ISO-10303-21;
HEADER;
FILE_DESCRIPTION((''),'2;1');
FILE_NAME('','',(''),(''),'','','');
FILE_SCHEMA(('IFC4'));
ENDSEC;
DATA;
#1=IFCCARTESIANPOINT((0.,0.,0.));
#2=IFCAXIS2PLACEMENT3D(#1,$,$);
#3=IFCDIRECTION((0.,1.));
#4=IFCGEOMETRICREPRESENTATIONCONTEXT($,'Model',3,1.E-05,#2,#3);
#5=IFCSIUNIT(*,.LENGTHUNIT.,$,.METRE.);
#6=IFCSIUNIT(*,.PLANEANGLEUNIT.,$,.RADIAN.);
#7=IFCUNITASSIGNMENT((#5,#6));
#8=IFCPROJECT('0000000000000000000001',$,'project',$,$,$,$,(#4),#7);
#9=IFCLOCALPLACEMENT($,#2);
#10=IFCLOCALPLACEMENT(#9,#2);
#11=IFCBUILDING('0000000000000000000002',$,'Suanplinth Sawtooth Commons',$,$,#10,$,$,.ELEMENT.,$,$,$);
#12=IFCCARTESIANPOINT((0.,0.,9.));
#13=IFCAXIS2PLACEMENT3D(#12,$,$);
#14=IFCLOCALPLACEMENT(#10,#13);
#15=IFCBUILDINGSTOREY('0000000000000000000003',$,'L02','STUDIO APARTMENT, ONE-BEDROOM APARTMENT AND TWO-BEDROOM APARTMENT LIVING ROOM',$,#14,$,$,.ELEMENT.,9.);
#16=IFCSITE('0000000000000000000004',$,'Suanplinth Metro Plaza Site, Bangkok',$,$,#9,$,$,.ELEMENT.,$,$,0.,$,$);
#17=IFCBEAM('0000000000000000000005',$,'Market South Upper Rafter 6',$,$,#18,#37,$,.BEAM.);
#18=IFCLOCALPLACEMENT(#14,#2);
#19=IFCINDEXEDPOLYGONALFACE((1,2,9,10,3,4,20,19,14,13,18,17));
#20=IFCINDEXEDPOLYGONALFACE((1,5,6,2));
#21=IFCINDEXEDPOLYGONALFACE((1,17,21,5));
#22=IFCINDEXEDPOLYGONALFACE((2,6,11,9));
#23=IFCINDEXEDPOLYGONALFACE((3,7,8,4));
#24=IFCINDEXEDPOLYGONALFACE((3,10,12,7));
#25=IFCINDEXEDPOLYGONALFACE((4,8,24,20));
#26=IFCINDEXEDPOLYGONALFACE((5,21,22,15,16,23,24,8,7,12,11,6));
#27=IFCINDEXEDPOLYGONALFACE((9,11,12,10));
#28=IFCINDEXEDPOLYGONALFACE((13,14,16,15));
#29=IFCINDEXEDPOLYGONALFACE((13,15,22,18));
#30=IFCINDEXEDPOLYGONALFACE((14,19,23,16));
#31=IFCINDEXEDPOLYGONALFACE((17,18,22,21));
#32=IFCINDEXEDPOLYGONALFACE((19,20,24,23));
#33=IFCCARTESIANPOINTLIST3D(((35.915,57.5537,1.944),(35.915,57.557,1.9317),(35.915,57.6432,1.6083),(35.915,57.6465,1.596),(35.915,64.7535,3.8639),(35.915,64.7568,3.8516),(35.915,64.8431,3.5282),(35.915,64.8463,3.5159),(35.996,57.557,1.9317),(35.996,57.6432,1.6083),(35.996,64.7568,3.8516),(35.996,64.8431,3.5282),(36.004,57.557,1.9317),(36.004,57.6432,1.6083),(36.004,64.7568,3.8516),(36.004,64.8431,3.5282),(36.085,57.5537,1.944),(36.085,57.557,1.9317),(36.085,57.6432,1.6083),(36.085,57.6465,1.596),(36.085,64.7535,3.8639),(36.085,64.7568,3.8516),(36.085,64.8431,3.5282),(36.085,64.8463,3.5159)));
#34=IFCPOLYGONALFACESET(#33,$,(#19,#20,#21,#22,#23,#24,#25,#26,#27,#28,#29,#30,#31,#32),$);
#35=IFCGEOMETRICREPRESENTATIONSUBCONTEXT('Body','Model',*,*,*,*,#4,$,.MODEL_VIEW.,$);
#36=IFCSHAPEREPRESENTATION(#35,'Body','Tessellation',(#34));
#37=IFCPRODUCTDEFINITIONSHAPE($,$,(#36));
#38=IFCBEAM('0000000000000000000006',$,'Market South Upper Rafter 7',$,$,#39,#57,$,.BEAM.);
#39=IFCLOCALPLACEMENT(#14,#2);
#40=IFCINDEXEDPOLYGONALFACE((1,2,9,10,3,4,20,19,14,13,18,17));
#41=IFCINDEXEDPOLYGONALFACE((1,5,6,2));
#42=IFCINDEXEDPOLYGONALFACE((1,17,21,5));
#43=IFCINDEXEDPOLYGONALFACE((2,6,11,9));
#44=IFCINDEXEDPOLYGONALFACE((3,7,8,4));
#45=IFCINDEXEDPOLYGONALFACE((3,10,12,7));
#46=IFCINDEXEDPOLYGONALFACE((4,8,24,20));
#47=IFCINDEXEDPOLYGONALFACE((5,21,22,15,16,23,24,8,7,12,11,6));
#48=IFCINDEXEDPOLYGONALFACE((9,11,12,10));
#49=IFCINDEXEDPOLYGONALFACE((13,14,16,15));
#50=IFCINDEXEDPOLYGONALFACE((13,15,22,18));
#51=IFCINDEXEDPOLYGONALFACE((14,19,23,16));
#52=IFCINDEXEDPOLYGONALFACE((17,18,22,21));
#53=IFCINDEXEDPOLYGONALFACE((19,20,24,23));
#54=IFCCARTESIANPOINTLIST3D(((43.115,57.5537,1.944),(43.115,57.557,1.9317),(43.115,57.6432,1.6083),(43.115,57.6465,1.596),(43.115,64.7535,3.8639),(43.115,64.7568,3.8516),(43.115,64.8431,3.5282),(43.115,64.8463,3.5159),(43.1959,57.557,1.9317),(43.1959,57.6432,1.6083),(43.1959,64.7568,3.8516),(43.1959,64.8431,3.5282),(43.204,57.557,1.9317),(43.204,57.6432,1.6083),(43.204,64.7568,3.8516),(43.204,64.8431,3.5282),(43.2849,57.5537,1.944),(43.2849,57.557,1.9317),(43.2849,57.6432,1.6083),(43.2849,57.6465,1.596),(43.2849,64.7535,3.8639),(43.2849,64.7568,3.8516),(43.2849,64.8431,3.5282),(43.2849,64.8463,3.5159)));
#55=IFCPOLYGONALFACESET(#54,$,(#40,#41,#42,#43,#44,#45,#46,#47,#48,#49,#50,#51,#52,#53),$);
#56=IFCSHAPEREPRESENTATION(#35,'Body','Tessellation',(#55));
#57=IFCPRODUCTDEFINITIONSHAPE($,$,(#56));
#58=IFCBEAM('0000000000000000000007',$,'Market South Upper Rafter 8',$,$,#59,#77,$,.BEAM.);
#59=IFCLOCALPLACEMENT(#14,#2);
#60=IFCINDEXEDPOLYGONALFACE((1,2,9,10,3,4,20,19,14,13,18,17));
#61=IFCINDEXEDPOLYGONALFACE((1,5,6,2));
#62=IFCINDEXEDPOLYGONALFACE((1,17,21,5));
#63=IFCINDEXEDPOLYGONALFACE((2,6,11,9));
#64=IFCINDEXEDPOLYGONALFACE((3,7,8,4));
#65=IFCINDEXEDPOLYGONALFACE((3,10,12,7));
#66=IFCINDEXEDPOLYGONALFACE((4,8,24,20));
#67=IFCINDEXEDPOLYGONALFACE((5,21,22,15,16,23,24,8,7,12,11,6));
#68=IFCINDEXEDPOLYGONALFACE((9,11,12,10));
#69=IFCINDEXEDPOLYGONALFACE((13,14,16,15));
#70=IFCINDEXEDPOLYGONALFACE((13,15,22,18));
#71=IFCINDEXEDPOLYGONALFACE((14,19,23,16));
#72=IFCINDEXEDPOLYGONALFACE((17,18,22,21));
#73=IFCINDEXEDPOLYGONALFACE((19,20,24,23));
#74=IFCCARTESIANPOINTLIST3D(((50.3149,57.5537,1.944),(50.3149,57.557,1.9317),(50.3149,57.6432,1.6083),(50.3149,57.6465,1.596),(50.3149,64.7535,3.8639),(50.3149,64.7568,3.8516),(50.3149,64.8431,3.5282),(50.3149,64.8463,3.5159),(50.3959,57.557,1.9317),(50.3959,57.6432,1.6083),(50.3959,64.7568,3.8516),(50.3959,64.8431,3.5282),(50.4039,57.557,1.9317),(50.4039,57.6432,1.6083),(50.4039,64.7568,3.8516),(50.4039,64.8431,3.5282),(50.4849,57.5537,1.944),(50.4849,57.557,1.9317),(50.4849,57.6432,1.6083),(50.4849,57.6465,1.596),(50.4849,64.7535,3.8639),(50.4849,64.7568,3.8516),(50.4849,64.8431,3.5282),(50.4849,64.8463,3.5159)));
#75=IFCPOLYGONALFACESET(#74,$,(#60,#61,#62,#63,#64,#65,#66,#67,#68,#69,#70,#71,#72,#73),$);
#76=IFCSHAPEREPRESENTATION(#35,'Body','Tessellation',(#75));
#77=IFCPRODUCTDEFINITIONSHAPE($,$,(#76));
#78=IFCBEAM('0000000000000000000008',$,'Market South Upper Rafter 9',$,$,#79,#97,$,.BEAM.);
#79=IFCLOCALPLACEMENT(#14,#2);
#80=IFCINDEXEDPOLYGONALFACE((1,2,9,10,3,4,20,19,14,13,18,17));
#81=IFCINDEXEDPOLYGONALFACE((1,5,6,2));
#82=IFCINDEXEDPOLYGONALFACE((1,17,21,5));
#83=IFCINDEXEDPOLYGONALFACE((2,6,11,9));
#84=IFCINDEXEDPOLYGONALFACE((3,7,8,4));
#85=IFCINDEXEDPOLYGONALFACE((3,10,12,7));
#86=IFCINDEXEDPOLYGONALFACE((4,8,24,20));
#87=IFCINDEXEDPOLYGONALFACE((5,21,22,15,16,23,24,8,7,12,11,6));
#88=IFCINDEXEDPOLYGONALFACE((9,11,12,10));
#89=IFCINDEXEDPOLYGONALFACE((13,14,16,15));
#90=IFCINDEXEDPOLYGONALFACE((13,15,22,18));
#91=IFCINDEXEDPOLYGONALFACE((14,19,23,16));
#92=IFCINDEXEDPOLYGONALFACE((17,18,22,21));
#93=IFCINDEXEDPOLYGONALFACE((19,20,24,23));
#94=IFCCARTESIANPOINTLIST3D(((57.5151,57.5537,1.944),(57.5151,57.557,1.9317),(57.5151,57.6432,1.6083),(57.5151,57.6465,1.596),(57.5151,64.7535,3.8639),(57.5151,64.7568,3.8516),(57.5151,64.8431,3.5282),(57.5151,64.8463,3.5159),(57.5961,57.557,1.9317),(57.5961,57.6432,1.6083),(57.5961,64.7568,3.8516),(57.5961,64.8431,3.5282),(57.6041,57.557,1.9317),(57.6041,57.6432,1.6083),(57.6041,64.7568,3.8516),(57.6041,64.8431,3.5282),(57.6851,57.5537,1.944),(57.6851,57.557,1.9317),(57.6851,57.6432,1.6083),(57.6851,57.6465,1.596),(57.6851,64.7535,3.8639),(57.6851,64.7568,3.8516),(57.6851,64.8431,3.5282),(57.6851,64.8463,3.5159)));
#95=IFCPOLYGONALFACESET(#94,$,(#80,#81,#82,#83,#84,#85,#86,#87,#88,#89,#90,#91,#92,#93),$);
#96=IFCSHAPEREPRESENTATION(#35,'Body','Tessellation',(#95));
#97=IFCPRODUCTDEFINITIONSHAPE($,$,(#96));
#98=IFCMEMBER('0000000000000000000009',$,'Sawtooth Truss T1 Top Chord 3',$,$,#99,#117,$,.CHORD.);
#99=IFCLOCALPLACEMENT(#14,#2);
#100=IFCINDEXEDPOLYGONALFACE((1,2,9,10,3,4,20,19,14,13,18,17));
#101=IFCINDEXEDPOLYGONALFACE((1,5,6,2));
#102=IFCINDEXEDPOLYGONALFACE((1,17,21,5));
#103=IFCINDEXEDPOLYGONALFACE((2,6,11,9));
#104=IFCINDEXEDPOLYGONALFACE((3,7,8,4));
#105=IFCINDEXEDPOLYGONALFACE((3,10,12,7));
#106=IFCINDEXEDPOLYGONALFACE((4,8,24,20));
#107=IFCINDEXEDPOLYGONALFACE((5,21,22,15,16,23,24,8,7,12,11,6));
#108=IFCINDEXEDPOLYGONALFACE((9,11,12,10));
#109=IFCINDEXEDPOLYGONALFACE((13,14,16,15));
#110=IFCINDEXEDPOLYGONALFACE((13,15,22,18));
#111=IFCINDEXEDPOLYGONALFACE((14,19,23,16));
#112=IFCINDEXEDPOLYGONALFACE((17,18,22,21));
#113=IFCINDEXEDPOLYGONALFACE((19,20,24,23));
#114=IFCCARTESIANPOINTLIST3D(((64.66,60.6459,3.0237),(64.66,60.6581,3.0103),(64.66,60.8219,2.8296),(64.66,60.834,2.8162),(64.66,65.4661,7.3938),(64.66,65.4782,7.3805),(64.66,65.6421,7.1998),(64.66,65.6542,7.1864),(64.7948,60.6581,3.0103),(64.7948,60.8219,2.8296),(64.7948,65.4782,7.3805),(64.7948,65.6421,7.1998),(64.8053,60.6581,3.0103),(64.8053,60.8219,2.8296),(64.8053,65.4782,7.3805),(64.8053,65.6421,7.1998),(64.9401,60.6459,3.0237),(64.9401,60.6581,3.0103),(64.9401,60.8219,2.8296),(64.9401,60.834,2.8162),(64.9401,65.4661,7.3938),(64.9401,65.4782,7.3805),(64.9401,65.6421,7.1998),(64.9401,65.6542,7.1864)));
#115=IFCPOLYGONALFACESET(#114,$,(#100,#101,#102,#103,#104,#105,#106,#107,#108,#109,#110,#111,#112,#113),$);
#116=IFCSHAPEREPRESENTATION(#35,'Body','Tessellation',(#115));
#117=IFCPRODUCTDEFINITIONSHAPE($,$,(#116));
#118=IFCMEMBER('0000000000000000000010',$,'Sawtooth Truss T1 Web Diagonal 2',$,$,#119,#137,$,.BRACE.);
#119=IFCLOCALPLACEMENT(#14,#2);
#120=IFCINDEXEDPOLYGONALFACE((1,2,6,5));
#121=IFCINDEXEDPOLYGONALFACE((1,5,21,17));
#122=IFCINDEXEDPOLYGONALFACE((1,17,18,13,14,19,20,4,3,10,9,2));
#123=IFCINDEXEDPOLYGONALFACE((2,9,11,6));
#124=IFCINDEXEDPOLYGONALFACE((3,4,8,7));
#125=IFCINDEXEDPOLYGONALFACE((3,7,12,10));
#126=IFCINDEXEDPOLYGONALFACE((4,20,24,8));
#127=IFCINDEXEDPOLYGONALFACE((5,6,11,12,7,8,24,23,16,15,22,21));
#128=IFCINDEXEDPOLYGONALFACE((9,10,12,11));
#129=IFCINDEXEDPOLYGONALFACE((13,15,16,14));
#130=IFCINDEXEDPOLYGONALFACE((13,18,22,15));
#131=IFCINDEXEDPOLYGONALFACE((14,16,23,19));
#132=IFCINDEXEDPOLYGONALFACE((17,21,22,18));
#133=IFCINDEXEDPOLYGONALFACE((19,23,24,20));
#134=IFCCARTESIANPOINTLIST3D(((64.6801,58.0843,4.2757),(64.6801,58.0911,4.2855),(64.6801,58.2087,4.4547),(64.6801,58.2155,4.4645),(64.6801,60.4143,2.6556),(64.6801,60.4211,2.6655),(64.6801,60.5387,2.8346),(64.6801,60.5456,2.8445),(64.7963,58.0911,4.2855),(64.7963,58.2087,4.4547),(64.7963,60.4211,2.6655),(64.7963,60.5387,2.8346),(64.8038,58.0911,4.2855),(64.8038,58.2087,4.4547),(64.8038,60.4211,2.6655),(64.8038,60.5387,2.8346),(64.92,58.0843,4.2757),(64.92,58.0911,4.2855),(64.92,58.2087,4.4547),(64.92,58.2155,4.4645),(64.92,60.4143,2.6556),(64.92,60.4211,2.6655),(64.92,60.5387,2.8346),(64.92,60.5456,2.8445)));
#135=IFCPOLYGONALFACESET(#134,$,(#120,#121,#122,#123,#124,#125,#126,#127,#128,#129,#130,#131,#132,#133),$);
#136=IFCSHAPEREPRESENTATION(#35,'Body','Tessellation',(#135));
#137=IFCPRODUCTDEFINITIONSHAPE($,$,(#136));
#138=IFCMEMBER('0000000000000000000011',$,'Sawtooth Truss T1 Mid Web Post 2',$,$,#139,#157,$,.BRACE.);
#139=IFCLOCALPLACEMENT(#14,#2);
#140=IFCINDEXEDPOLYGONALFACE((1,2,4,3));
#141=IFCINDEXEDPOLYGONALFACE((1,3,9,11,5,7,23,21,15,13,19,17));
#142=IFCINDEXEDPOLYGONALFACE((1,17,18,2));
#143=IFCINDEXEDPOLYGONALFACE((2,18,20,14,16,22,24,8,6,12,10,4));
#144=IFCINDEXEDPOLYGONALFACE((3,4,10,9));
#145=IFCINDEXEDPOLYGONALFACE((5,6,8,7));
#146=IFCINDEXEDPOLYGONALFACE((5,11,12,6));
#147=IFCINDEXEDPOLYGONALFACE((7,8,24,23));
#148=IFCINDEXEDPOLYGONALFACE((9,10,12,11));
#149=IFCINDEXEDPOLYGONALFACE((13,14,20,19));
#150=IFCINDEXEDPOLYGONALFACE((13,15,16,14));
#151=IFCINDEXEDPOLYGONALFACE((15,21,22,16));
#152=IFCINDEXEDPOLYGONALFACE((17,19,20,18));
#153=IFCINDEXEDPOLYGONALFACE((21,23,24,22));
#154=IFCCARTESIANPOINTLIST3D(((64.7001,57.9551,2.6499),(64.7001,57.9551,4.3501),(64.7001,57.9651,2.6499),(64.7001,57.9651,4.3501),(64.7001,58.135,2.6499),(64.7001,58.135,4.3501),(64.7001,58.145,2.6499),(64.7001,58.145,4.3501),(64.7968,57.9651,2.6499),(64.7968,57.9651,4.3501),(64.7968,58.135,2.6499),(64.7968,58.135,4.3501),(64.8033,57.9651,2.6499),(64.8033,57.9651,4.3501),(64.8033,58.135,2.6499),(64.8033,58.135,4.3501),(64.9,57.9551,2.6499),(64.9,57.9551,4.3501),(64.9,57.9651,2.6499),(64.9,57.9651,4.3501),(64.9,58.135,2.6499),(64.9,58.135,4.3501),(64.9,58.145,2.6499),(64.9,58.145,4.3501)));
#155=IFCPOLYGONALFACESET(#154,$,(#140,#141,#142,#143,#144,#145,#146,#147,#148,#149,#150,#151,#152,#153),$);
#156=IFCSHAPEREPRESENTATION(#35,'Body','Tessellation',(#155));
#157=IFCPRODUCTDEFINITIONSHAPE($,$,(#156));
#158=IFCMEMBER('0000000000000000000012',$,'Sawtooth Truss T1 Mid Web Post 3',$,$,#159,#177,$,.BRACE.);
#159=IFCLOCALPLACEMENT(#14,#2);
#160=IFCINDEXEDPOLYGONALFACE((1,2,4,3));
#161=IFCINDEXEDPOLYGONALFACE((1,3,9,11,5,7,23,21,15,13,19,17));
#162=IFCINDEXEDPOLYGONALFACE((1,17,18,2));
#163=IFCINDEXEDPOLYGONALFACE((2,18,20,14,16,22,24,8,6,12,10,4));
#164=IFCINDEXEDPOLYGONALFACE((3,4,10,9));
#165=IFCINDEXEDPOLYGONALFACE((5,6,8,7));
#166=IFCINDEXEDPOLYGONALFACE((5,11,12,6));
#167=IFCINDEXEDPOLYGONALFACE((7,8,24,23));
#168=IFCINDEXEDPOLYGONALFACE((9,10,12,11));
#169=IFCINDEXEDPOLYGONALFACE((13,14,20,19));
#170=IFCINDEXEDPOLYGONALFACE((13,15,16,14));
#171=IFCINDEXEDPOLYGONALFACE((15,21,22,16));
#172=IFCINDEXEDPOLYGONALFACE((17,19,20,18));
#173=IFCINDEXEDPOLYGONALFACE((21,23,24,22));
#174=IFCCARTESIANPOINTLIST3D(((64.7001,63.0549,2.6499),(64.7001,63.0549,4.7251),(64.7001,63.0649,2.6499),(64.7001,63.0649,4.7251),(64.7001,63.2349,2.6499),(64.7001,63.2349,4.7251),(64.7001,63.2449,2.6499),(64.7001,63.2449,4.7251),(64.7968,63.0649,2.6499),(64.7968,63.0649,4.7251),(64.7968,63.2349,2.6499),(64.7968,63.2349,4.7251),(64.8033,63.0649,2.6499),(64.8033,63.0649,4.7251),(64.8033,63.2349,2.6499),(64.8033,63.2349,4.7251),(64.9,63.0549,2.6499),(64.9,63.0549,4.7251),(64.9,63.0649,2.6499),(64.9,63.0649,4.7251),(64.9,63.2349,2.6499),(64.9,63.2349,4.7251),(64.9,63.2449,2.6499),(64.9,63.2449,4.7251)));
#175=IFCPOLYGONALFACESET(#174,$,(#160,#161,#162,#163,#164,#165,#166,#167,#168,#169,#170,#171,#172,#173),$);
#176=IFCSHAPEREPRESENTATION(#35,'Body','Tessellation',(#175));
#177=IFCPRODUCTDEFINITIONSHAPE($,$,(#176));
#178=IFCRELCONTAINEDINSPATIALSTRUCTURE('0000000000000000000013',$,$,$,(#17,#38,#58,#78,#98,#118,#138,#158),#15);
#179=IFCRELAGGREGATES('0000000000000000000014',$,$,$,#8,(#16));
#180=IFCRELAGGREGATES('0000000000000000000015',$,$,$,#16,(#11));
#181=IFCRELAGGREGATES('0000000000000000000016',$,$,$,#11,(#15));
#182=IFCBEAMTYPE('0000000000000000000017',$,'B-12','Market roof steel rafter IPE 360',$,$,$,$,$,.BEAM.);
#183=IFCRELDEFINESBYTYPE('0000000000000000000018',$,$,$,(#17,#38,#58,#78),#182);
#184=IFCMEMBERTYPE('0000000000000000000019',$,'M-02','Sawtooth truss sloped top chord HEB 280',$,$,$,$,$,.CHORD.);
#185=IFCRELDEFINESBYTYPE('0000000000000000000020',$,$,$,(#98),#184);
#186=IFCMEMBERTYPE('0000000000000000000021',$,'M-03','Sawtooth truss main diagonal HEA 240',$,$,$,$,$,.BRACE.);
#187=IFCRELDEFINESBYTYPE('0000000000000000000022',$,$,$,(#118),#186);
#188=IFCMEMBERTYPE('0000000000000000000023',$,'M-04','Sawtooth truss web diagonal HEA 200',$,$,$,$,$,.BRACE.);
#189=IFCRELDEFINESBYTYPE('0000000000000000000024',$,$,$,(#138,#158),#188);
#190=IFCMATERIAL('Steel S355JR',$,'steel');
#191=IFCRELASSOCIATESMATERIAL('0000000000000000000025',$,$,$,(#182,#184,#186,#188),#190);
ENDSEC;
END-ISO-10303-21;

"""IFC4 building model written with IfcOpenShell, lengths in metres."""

from ifc_helpers import new_model, si_unit, direction, frame, origin, origin_2d, place, context, subcontext, project, spatial, i_section, extrude, material, material_profile, profile_set, type_object, element, save


model = new_model("IFC4")

# Units and contexts
model_context = context("Model", 3, precision=1e-05, world=origin(), true_north=direction((0.0, 1.0)))
body_context = subcontext(model_context, "Body", "Model", "MODEL_VIEW")
ifc_project = project(units=[si_unit("LENGTHUNIT", "METRE"), si_unit("PLANEANGLEUNIT", "RADIAN")], contexts=[model_context])

# Site, building, storey
site_placement = place(None, origin())
site = spatial("IfcSite", under=ifc_project, at=site_placement, Name="Suanplinth Metro Plaza Site, Bangkok", CompositionType="ELEMENT", RefElevation=0.0)
building_placement = place(site_placement, origin())
building = spatial("IfcBuilding", under=site, at=building_placement, Name="Suanplinth Sawtooth Commons", CompositionType="ELEMENT")
storey_placement = place(building_placement, frame((0.0, 0.0, 9.0)))
storey = spatial("IfcBuildingStorey", under=building, at=storey_placement, Name="L02", Description="STUDIO APARTMENT, ONE-BEDROOM APARTMENT AND TWO-BEDROOM APARTMENT LIVING ROOM", CompositionType="ELEMENT", Elevation=9.0)

# Shared definitions
ifc_material_1 = material(Name="Steel S355JR", Category="steel")

# Beams
ifc_material_profile_1 = material_profile(ifc_material_1, i_section(OverallWidth=0.1699, OverallDepth=0.3601, WebThickness=0.0081, FlangeThickness=0.0127, at=origin_2d()), Name="IPE 360")
ifc_profile_set_1 = profile_set([ifc_material_profile_1], Name="Steel S355JR")
beam_type = type_object("IfcBeamType", Name="B-12", Description="Market roof steel rafter IPE 360", PredefinedType="BEAM", material=ifc_profile_set_1)
for number, where, z_axis, x_axis, name in (
    (1, (36.0, 57.6001, 1.77), (0.0, 0.966237, 0.257654), (-1.0, 0.0, 0.0), "Market South Upper Rafter 6"),
    (2, (43.2, 57.6001, 1.77), (0.0, 0.966237, 0.257654), (-1.0, 0.0, 0.0), "Market South Upper Rafter 7"),
    (3, (50.3999, 57.6001, 1.77), (0.0, 0.966237, 0.257654), (-1.0, 0.0, 0.0), "Market South Upper Rafter 8"),
    (4, (57.6001, 57.6001, 1.77), (0.0, 0.966237, 0.257654), (-1.0, 0.0, 0.0), "Market South Upper Rafter 9"),
):
    element("IfcBeam", number, at=place(storey_placement, frame(where, z_axis=z_axis, x_axis=x_axis)), inside=storey, type_object=beam_type, Name=name, PredefinedType="BEAM", context=body_context, shape_type="SweptSolid", body=[
        extrude(i_section(OverallWidth=0.1699, OverallDepth=0.3601, WebThickness=0.0081, FlangeThickness=0.0127, at=origin_2d()), origin(), (0.0, 0.0, 1.0), 7.4514),
    ])

# Members
ifc_material_profile_2 = material_profile(ifc_material_1, i_section(OverallWidth=0.28, OverallDepth=0.28, WebThickness=0.0105, FlangeThickness=0.0181, at=origin_2d()), Name="HEB 280")
ifc_profile_set_2 = profile_set([ifc_material_profile_2], Name="Steel S355JR")
member_type_1 = type_object("IfcMemberType", Name="M-02", Description="Sawtooth truss sloped top chord HEB 280", PredefinedType="CHORD", material=ifc_profile_set_2)
member_1_placement = place(storey_placement, frame((64.8, 60.74, 2.9199), z_axis=(0.0, 0.740839, 0.671682), x_axis=(-1.0, 0.0, 0.0)))
element("IfcMember", 5, at=member_1_placement, inside=storey, type_object=member_type_1, Name="Sawtooth Truss T1 Top Chord 3", PredefinedType="CHORD", context=body_context, shape_type="SweptSolid", body=[
    extrude(i_section(OverallWidth=0.28, OverallDepth=0.28, WebThickness=0.0105, FlangeThickness=0.0181, at=origin_2d()), origin(), (0.0, 0.0, 1.0), 6.5063),
])
ifc_material_profile_3 = material_profile(ifc_material_1, i_section(OverallWidth=0.24, OverallDepth=0.23, WebThickness=0.0076, FlangeThickness=0.012, at=origin_2d()), Name="HEA 240")
ifc_profile_set_3 = profile_set([ifc_material_profile_3], Name="Steel S355JR")
member_type_2 = type_object("IfcMemberType", Name="M-03", Description="Sawtooth truss main diagonal HEA 240", PredefinedType="BRACE", material=ifc_profile_set_3)
member_2_placement = place(storey_placement, frame((64.8, 58.1499, 4.3701), z_axis=(0.0, 0.821038, -0.570873), x_axis=(-1.0, 0.0, 0.0)))
element("IfcMember", 6, at=member_2_placement, inside=storey, type_object=member_type_2, Name="Sawtooth Truss T1 Web Diagonal 2", PredefinedType="BRACE", context=body_context, shape_type="SweptSolid", body=[
    extrude(i_section(OverallWidth=0.24, OverallDepth=0.23, WebThickness=0.0076, FlangeThickness=0.012, at=origin_2d()), origin(), (0.0, 0.0, 1.0), 2.8379),
])
ifc_material_profile_4 = material_profile(ifc_material_1, i_section(OverallWidth=0.2, OverallDepth=0.1899, WebThickness=0.0066, FlangeThickness=0.01, at=origin_2d()), Name="HEA 200")
ifc_profile_set_4 = profile_set([ifc_material_profile_4], Name="Steel S355JR")
member_type_3 = type_object("IfcMemberType", Name="M-04", Description="Sawtooth truss web diagonal HEA 200", PredefinedType="BRACE", material=ifc_profile_set_4)
member_3_placement = place(storey_placement, frame((64.8, 58.05, 2.6499), z_axis=(0.0, 0.0, 1.0), x_axis=(1.0, 0.0, 0.0)))
element("IfcMember", 7, at=member_3_placement, inside=storey, type_object=member_type_3, Name="Sawtooth Truss T1 Mid Web Post 2", PredefinedType="BRACE", context=body_context, shape_type="SweptSolid", body=[
    extrude(i_section(OverallWidth=0.2, OverallDepth=0.1899, WebThickness=0.0066, FlangeThickness=0.01, at=origin_2d()), origin(), (0.0, 0.0, 1.0), 1.7002),
])
member_4_placement = place(storey_placement, frame((64.8, 63.1499, 2.6499), z_axis=(0.0, 0.0, 1.0), x_axis=(1.0, 0.0, 0.0)))
element("IfcMember", 8, at=member_4_placement, inside=storey, type_object=member_type_3, Name="Sawtooth Truss T1 Mid Web Post 3", PredefinedType="BRACE", context=body_context, shape_type="SweptSolid", body=[
    extrude(i_section(OverallWidth=0.2, OverallDepth=0.1899, WebThickness=0.0066, FlangeThickness=0.01, at=origin_2d()), origin(), (0.0, 0.0, 1.0), 2.0752),
])

save(model, "model.ifc")
